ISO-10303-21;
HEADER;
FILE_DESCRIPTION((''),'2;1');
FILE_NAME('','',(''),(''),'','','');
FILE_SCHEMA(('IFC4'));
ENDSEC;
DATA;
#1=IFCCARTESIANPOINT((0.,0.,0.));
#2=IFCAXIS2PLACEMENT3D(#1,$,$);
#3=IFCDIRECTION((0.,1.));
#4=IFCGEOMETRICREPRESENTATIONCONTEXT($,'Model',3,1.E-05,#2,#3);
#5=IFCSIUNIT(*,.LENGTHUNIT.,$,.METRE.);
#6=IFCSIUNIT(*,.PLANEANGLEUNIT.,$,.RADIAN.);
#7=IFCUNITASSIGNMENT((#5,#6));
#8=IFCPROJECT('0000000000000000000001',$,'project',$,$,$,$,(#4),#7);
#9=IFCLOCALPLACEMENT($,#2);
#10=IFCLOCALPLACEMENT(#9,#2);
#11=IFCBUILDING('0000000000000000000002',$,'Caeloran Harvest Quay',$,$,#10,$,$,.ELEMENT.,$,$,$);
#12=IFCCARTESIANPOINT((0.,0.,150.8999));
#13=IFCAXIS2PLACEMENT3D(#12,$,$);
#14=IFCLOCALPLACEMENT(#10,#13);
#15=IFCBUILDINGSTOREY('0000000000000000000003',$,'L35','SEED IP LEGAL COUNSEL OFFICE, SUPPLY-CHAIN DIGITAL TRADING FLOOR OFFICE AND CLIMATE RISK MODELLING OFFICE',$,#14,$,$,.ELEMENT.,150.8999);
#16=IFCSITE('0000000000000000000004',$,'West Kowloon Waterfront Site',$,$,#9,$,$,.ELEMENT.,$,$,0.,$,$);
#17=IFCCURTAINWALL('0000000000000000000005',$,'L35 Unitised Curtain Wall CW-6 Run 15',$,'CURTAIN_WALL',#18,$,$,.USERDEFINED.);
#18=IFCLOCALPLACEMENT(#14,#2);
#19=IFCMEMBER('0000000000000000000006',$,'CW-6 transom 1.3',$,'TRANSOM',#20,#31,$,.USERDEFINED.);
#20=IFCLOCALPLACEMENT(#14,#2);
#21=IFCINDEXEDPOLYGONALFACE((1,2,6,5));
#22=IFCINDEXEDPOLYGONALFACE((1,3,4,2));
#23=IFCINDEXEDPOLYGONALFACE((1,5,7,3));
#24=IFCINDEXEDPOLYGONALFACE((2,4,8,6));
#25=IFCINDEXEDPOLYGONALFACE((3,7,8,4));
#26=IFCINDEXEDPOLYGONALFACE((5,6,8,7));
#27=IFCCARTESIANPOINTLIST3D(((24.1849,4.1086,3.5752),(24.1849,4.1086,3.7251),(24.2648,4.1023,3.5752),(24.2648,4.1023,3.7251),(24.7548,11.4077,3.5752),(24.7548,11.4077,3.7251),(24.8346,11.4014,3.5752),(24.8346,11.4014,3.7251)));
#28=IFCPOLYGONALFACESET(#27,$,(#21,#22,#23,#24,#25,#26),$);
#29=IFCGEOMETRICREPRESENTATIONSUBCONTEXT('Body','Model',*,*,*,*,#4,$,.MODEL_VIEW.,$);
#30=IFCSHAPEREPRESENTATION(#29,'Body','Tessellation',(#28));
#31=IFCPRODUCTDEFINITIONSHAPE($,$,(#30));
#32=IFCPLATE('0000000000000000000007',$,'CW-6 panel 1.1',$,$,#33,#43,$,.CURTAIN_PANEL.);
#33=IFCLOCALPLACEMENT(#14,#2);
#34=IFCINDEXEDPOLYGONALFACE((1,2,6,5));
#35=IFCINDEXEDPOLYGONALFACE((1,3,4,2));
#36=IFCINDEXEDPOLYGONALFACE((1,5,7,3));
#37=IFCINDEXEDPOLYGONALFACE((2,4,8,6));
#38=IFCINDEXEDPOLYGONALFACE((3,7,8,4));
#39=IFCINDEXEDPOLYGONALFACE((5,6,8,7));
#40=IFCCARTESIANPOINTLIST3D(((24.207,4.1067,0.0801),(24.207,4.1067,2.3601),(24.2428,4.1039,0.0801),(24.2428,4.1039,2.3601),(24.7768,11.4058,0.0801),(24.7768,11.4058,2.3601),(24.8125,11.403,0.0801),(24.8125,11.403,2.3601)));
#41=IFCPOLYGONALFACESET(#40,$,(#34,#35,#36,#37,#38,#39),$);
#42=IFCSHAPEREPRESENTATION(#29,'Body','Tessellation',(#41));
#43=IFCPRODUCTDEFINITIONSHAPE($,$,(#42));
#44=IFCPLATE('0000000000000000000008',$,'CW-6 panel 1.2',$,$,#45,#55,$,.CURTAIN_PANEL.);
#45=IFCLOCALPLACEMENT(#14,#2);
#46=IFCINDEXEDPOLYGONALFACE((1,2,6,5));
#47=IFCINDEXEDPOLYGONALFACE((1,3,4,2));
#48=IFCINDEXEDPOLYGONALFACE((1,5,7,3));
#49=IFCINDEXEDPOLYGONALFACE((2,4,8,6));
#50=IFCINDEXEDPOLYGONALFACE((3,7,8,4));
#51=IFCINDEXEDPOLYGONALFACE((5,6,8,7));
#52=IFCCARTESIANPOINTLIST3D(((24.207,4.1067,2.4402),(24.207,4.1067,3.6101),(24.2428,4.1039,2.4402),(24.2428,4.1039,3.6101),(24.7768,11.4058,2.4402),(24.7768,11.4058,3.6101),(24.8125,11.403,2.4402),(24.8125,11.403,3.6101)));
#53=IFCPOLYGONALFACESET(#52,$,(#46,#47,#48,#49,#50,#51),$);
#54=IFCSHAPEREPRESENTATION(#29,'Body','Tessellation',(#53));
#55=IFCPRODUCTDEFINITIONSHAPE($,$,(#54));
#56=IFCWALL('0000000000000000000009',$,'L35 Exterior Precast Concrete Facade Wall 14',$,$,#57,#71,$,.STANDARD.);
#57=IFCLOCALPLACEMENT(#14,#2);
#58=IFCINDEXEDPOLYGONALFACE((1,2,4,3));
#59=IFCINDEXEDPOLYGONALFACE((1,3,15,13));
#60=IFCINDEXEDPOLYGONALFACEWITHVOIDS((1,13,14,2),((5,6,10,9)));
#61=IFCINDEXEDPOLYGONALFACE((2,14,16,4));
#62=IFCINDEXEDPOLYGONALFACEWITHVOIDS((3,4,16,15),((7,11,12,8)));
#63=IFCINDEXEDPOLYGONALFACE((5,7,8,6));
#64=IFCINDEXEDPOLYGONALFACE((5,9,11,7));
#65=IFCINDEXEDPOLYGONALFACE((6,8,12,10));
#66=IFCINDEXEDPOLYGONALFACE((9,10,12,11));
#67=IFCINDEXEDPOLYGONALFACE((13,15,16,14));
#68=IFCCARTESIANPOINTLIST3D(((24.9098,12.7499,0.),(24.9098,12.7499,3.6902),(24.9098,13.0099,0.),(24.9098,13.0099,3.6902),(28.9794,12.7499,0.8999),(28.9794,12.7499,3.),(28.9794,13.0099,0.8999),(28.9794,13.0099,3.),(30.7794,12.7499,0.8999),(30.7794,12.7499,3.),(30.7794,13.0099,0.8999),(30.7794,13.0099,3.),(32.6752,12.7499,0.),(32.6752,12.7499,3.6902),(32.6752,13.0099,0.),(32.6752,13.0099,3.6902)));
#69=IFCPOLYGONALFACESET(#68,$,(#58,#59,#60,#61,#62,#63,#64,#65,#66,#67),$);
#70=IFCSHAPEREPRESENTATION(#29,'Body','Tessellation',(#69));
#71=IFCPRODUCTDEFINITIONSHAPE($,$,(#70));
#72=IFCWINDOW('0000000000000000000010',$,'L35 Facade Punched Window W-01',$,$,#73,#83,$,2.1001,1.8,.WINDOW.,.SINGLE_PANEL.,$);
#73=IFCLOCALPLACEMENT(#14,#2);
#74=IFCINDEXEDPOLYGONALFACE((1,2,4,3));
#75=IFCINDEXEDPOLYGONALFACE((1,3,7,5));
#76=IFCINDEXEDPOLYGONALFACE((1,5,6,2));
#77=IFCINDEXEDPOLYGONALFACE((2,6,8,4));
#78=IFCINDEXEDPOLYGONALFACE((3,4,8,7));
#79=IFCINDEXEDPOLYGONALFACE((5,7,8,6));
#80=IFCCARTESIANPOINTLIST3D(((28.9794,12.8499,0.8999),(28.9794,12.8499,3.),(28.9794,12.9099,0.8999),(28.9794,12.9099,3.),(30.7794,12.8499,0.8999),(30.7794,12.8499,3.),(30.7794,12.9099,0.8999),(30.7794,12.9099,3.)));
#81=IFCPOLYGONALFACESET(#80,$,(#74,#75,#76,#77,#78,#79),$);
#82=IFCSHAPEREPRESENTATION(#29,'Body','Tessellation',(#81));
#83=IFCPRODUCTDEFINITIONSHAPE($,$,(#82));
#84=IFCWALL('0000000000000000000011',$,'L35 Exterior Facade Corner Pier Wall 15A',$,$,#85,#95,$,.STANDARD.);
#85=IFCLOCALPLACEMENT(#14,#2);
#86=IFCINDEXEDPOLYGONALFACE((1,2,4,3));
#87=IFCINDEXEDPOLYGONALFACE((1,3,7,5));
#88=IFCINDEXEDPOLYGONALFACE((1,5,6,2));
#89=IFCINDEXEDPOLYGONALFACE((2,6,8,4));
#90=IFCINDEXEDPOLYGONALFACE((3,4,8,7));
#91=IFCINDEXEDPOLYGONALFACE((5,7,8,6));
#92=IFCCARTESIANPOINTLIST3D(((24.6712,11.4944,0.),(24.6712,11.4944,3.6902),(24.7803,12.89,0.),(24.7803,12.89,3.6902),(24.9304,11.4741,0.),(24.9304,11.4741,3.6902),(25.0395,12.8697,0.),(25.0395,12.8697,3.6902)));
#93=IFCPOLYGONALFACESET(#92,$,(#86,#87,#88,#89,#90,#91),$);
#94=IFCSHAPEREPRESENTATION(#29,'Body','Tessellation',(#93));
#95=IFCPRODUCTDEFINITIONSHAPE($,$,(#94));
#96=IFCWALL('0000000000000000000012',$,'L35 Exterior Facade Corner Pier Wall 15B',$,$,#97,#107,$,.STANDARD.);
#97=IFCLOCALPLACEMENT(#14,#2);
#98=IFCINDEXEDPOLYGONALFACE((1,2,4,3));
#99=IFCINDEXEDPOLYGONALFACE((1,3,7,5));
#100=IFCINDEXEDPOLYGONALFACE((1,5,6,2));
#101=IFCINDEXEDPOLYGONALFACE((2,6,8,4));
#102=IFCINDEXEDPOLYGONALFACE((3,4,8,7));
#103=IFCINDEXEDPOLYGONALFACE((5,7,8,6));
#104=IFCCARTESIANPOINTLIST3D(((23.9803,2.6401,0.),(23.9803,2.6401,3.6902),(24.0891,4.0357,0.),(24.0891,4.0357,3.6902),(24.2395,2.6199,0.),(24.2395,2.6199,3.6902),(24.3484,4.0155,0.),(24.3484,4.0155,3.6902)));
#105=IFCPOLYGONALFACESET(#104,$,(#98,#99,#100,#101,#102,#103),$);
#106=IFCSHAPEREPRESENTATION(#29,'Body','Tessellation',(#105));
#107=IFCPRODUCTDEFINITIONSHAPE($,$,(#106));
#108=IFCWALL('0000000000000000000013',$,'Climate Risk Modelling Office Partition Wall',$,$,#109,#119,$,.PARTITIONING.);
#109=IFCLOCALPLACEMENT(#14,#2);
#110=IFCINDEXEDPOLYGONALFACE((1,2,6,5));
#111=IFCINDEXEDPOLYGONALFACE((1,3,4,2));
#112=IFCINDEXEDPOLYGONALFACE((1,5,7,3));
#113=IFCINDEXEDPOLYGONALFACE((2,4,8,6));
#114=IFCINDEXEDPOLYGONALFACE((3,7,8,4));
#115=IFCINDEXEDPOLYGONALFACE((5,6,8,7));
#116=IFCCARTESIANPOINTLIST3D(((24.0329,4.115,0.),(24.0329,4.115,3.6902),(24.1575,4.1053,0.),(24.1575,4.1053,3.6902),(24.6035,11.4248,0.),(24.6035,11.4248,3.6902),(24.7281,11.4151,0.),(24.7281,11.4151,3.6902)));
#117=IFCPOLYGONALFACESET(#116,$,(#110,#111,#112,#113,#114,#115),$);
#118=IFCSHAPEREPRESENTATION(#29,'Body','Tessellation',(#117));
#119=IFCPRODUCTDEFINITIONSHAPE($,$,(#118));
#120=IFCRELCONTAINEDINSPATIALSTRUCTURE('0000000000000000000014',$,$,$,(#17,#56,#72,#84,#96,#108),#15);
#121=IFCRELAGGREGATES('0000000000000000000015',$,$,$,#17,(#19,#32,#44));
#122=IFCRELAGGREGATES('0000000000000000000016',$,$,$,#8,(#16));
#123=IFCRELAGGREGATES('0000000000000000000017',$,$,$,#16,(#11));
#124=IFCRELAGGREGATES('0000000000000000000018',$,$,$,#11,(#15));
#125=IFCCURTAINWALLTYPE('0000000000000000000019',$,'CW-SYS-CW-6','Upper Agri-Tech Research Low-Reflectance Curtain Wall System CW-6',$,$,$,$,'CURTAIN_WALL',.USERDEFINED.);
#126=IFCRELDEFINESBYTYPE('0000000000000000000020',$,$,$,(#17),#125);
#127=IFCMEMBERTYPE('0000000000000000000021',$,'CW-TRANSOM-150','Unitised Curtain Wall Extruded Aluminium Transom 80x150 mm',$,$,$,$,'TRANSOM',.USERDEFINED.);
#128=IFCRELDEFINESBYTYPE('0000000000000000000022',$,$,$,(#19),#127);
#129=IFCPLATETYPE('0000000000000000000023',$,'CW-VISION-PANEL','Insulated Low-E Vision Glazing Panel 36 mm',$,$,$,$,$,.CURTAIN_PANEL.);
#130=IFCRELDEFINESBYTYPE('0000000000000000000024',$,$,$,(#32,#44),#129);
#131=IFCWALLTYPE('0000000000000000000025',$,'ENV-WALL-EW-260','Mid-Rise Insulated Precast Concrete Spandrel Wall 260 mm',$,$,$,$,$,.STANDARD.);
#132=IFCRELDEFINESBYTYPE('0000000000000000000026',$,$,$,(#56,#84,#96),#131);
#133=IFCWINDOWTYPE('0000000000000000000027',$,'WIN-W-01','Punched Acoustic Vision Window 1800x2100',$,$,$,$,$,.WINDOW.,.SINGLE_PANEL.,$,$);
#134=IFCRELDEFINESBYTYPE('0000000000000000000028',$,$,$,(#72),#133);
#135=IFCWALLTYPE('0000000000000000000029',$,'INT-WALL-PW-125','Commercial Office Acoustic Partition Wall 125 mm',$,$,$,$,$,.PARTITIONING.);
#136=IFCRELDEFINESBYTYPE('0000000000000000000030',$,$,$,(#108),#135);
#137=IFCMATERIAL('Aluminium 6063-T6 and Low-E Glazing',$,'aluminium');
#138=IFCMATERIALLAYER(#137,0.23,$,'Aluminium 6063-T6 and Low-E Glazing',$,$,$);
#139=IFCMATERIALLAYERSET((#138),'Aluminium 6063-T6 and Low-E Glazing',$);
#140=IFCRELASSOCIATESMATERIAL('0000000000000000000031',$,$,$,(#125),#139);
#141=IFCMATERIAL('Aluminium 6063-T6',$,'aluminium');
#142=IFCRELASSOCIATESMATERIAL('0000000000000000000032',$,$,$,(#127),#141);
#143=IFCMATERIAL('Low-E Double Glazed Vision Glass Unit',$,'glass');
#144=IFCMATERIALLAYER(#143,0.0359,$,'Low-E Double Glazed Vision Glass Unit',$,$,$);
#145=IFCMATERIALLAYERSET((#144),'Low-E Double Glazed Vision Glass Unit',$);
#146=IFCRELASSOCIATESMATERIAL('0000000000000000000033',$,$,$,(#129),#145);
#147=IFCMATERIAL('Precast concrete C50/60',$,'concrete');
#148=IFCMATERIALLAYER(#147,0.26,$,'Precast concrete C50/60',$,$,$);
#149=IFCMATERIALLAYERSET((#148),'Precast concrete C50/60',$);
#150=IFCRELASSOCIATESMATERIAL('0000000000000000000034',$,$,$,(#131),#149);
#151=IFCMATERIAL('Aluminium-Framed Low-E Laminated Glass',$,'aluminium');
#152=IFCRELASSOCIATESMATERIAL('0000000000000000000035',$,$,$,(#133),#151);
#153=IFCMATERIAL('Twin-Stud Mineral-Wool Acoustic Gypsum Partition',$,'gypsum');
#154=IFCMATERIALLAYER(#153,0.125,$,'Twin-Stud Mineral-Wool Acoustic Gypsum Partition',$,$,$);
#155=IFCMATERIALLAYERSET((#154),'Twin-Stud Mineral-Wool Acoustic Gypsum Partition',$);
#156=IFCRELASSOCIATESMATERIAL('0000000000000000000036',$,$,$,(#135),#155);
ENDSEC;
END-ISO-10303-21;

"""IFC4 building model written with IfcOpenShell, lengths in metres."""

from ifc_helpers import new_model, si_unit, direction, frame, frame_2d, origin, origin_2d, place, context, subcontext, project, spatial, rectangle, extrude, material, layer, layer_set, material_profile, profile_set, type_object, element, fill, aggregate, save


model = new_model("IFC4")

# Units and contexts
model_context = context("Model", 3, precision=1e-05, world=origin(), true_north=direction((0.0, 1.0)))
body_context = subcontext(model_context, "Body", "Model", "MODEL_VIEW")
ifc_project = project(units=[si_unit("LENGTHUNIT", "METRE"), si_unit("PLANEANGLEUNIT", "RADIAN")], contexts=[model_context])

# Site, building, storey
site_placement = place(None, origin())
site = spatial("IfcSite", under=ifc_project, at=site_placement, Name="West Kowloon Waterfront Site", CompositionType="ELEMENT", RefElevation=0.0)
building_placement = place(site_placement, origin())
building = spatial("IfcBuilding", under=site, at=building_placement, Name="Caeloran Harvest Quay", CompositionType="ELEMENT")
storey_placement = place(building_placement, frame((0.0, 0.0, 150.8999)))
storey = spatial("IfcBuildingStorey", under=building, at=storey_placement, Name="L35", Description="SEED IP LEGAL COUNSEL OFFICE, SUPPLY-CHAIN DIGITAL TRADING FLOOR OFFICE AND CLIMATE RISK MODELLING OFFICE", CompositionType="ELEMENT", Elevation=150.8999)

# Curtain wall, member, plates
ifc_material_1 = material(Name="Aluminium 6063-T6 and Low-E Glazing", Category="aluminium")
ifc_layer_1 = layer(ifc_material_1, 0.23, Name="Aluminium 6063-T6 and Low-E Glazing")
ifc_layer_set_1 = layer_set([ifc_layer_1], Name="Aluminium 6063-T6 and Low-E Glazing")
curtain_wall_type = type_object("IfcCurtainWallType", Name="CW-SYS-CW-6", Description="Upper Agri-Tech Research Low-Reflectance Curtain Wall System CW-6", ElementType="CURTAIN_WALL", PredefinedType="USERDEFINED", material=ifc_layer_set_1)
curtain_wall_placement = place(storey_placement, origin())
curtain_wall = element("IfcCurtainWall", 1, at=curtain_wall_placement, inside=storey, type_object=curtain_wall_type, Name="L35 Unitised Curtain Wall CW-6 Run 15", ObjectType="CURTAIN_WALL", PredefinedType="USERDEFINED")
ifc_material_2 = material(Name="Aluminium 6063-T6", Category="aluminium")
ifc_material_profile_1 = material_profile(ifc_material_2, rectangle(XDim=0.0801, YDim=0.1499, at=origin_2d()), Name="CW-TRANSOM-150")
ifc_profile_set_1 = profile_set([ifc_material_profile_1], Name="Aluminium 6063-T6")
member_type_1 = type_object("IfcMemberType", Name="CW-TRANSOM-150", Description="Unitised Curtain Wall Extruded Aluminium Transom 80x150 mm", ElementType="TRANSOM", PredefinedType="USERDEFINED", material=ifc_profile_set_1)
member_1_placement = place(storey_placement, frame((24.7947, 11.4045, 3.6501), z_axis=(-0.077831, -0.996967, 0.0), x_axis=(0.996967, -0.077831, 0.0)))
member_1 = element("IfcMember", 2, at=member_1_placement, type_object=member_type_1, Name="CW-6 transom 1.3", ObjectType="TRANSOM", PredefinedType="USERDEFINED", context=body_context, shape_type="SweptSolid", body=[
    extrude(rectangle(XDim=0.0801, YDim=0.1499, at=origin_2d()), origin(), (0.0, 0.0, 1.0), 7.3213),
])
ifc_material_3 = material(Name="Low-E Double Glazed Vision Glass Unit", Category="glass")
ifc_layer_2 = layer(ifc_material_3, 0.0359, Name="Low-E Double Glazed Vision Glass Unit")
ifc_layer_set_2 = layer_set([ifc_layer_2], Name="Low-E Double Glazed Vision Glass Unit")
plate_type = type_object("IfcPlateType", Name="CW-VISION-PANEL", Description="Insulated Low-E Vision Glazing Panel 36 mm", PredefinedType="CURTAIN_PANEL", material=ifc_layer_set_2)
plate_1_placement = place(storey_placement, frame((24.5098, 7.7549, 0.0801), z_axis=(0.0, 0.0, 1.0), x_axis=(-0.077822, -0.996967, 0.0)))
plate_1 = element("IfcPlate", 3, at=plate_1_placement, type_object=plate_type, Name="CW-6 panel 1.1", PredefinedType="CURTAIN_PANEL", context=body_context, shape_type="SweptSolid", body=[
    extrude(rectangle(XDim=7.3213, YDim=0.0359, at=origin_2d()), origin(), (0.0, 0.0, 1.0), 2.28),
])
plate_2_placement = place(storey_placement, frame((24.5098, 7.7549, 2.4402), z_axis=(0.0, 0.0, 1.0), x_axis=(-0.077822, -0.996967, 0.0)))
plate_2 = element("IfcPlate", 4, at=plate_2_placement, type_object=plate_type, Name="CW-6 panel 1.2", PredefinedType="CURTAIN_PANEL", context=body_context, shape_type="SweptSolid", body=[
    extrude(rectangle(XDim=7.3213, YDim=0.0359, at=origin_2d()), origin(), (0.0, 0.0, 1.0), 1.1699),
])
aggregate(curtain_wall, [member_1, plate_1, plate_2])

# Wall, opening, window
ifc_material_4 = material(Name="Precast concrete C50/60", Category="concrete")
ifc_layer_3 = layer(ifc_material_4, 0.26, Name="Precast concrete C50/60")
ifc_layer_set_3 = layer_set([ifc_layer_3], Name="Precast concrete C50/60")
wall_type_1 = type_object("IfcWallType", Name="ENV-WALL-EW-260", Description="Mid-Rise Insulated Precast Concrete Spandrel Wall 260 mm", PredefinedType="STANDARD", material=ifc_layer_set_3)
wall_1_placement = place(storey_placement, frame((32.6753, 12.8799, 0.0), z_axis=(0.0, 0.0, 1.0), x_axis=(-1.0, 0.0, 0.0)))
wall_1 = element("IfcWall", 5, at=wall_1_placement, inside=storey, type_object=wall_type_1, Name="L35 Exterior Precast Concrete Facade Wall 14", PredefinedType="STANDARD", context=body_context, shape_type="SweptSolid", body=[
    extrude(rectangle(XDim=7.7654, YDim=0.26, at=frame_2d((3.8828, 0.0))), origin(), (0.0, 0.0, 1.0), 3.6902),
])
opening_placement = place(wall_1_placement, frame((1.896, 0.0, 0.8999)))
opening = element("IfcOpeningElement", 6, at=opening_placement, cuts=wall_1, PredefinedType="OPENING", context=body_context, shape_type="SweptSolid", body=[
    extrude(rectangle(XDim=1.8, YDim=2.1001, at=frame_2d((0.8999, 1.05))), frame((0.0, 0.1401, 0.0), z_axis=(0.0, -1.0, 0.0), x_axis=(1.0, 0.0, 0.0)), (0.0, 0.0, 1.0), 0.28),
])
ifc_material_5 = material(Name="Aluminium-Framed Low-E Laminated Glass", Category="aluminium")
window_type = type_object("IfcWindowType", Name="WIN-W-01", Description="Punched Acoustic Vision Window 1800x2100", PartitioningType="SINGLE_PANEL", PredefinedType="WINDOW", material=ifc_material_5)
window_placement = place(opening_placement, origin())
window = element("IfcWindow", 7, at=window_placement, inside=storey, type_object=window_type, Name="L35 Facade Punched Window W-01", OverallHeight=2.1001, OverallWidth=1.8, PartitioningType="SINGLE_PANEL", PredefinedType="WINDOW", context=body_context, shape_type="SweptSolid", body=[
    extrude(rectangle(XDim=1.8, YDim=2.1001, at=frame_2d((0.8999, 1.05))), frame((0.0, 0.03, 0.0), z_axis=(0.0, -1.0, 0.0), x_axis=(1.0, 0.0, 0.0)), (0.0, 0.0, 1.0), 0.0601),
])
fill(opening, window)

# Walls
for number, where, z_axis, x_axis, name in (
    (8, (24.9099, 12.8799, 0.0), (0.0, 0.0, 1.0), (-0.07795, -0.996957, 0.0), "L35 Exterior Facade Corner Pier Wall 15A"),
    (9, (24.2188, 4.0256, 0.0), (0.0, 0.0, 1.0), (-0.077777, -0.996971, 0.0), "L35 Exterior Facade Corner Pier Wall 15B"),
):
    element("IfcWall", number, at=place(storey_placement, frame(where, z_axis=z_axis, x_axis=x_axis)), inside=storey, type_object=wall_type_1, Name=name, PredefinedType="STANDARD", context=body_context, shape_type="SweptSolid", body=[
        extrude(rectangle(XDim=1.3999, YDim=0.26, at=frame_2d((0.7, 0.0))), origin(), (0.0, 0.0, 1.0), 3.6902),
    ])
ifc_material_6 = material(Name="Twin-Stud Mineral-Wool Acoustic Gypsum Partition", Category="gypsum")
ifc_layer_4 = layer(ifc_material_6, 0.125, Name="Twin-Stud Mineral-Wool Acoustic Gypsum Partition")
ifc_layer_set_4 = layer_set([ifc_layer_4], Name="Twin-Stud Mineral-Wool Acoustic Gypsum Partition")
wall_type_2 = type_object("IfcWallType", Name="INT-WALL-PW-125", Description="Commercial Office Acoustic Partition Wall 125 mm", PredefinedType="PARTITIONING", material=ifc_layer_set_4)
wall_2_placement = place(storey_placement, frame((24.6658, 11.4199, 0.0), z_axis=(0.0, 0.0, 1.0), x_axis=(-0.077817, -0.996968, 0.0)))
element("IfcWall", 10, at=wall_2_placement, inside=storey, type_object=wall_type_2, Name="Climate Risk Modelling Office Partition Wall", PredefinedType="PARTITIONING", context=body_context, shape_type="SweptSolid", body=[
    extrude(rectangle(XDim=7.332, YDim=0.125, at=frame_2d((3.666, 0.0))), origin(), (0.0, 0.0, 1.0), 3.6902),
])

save(model, "model.ifc")
